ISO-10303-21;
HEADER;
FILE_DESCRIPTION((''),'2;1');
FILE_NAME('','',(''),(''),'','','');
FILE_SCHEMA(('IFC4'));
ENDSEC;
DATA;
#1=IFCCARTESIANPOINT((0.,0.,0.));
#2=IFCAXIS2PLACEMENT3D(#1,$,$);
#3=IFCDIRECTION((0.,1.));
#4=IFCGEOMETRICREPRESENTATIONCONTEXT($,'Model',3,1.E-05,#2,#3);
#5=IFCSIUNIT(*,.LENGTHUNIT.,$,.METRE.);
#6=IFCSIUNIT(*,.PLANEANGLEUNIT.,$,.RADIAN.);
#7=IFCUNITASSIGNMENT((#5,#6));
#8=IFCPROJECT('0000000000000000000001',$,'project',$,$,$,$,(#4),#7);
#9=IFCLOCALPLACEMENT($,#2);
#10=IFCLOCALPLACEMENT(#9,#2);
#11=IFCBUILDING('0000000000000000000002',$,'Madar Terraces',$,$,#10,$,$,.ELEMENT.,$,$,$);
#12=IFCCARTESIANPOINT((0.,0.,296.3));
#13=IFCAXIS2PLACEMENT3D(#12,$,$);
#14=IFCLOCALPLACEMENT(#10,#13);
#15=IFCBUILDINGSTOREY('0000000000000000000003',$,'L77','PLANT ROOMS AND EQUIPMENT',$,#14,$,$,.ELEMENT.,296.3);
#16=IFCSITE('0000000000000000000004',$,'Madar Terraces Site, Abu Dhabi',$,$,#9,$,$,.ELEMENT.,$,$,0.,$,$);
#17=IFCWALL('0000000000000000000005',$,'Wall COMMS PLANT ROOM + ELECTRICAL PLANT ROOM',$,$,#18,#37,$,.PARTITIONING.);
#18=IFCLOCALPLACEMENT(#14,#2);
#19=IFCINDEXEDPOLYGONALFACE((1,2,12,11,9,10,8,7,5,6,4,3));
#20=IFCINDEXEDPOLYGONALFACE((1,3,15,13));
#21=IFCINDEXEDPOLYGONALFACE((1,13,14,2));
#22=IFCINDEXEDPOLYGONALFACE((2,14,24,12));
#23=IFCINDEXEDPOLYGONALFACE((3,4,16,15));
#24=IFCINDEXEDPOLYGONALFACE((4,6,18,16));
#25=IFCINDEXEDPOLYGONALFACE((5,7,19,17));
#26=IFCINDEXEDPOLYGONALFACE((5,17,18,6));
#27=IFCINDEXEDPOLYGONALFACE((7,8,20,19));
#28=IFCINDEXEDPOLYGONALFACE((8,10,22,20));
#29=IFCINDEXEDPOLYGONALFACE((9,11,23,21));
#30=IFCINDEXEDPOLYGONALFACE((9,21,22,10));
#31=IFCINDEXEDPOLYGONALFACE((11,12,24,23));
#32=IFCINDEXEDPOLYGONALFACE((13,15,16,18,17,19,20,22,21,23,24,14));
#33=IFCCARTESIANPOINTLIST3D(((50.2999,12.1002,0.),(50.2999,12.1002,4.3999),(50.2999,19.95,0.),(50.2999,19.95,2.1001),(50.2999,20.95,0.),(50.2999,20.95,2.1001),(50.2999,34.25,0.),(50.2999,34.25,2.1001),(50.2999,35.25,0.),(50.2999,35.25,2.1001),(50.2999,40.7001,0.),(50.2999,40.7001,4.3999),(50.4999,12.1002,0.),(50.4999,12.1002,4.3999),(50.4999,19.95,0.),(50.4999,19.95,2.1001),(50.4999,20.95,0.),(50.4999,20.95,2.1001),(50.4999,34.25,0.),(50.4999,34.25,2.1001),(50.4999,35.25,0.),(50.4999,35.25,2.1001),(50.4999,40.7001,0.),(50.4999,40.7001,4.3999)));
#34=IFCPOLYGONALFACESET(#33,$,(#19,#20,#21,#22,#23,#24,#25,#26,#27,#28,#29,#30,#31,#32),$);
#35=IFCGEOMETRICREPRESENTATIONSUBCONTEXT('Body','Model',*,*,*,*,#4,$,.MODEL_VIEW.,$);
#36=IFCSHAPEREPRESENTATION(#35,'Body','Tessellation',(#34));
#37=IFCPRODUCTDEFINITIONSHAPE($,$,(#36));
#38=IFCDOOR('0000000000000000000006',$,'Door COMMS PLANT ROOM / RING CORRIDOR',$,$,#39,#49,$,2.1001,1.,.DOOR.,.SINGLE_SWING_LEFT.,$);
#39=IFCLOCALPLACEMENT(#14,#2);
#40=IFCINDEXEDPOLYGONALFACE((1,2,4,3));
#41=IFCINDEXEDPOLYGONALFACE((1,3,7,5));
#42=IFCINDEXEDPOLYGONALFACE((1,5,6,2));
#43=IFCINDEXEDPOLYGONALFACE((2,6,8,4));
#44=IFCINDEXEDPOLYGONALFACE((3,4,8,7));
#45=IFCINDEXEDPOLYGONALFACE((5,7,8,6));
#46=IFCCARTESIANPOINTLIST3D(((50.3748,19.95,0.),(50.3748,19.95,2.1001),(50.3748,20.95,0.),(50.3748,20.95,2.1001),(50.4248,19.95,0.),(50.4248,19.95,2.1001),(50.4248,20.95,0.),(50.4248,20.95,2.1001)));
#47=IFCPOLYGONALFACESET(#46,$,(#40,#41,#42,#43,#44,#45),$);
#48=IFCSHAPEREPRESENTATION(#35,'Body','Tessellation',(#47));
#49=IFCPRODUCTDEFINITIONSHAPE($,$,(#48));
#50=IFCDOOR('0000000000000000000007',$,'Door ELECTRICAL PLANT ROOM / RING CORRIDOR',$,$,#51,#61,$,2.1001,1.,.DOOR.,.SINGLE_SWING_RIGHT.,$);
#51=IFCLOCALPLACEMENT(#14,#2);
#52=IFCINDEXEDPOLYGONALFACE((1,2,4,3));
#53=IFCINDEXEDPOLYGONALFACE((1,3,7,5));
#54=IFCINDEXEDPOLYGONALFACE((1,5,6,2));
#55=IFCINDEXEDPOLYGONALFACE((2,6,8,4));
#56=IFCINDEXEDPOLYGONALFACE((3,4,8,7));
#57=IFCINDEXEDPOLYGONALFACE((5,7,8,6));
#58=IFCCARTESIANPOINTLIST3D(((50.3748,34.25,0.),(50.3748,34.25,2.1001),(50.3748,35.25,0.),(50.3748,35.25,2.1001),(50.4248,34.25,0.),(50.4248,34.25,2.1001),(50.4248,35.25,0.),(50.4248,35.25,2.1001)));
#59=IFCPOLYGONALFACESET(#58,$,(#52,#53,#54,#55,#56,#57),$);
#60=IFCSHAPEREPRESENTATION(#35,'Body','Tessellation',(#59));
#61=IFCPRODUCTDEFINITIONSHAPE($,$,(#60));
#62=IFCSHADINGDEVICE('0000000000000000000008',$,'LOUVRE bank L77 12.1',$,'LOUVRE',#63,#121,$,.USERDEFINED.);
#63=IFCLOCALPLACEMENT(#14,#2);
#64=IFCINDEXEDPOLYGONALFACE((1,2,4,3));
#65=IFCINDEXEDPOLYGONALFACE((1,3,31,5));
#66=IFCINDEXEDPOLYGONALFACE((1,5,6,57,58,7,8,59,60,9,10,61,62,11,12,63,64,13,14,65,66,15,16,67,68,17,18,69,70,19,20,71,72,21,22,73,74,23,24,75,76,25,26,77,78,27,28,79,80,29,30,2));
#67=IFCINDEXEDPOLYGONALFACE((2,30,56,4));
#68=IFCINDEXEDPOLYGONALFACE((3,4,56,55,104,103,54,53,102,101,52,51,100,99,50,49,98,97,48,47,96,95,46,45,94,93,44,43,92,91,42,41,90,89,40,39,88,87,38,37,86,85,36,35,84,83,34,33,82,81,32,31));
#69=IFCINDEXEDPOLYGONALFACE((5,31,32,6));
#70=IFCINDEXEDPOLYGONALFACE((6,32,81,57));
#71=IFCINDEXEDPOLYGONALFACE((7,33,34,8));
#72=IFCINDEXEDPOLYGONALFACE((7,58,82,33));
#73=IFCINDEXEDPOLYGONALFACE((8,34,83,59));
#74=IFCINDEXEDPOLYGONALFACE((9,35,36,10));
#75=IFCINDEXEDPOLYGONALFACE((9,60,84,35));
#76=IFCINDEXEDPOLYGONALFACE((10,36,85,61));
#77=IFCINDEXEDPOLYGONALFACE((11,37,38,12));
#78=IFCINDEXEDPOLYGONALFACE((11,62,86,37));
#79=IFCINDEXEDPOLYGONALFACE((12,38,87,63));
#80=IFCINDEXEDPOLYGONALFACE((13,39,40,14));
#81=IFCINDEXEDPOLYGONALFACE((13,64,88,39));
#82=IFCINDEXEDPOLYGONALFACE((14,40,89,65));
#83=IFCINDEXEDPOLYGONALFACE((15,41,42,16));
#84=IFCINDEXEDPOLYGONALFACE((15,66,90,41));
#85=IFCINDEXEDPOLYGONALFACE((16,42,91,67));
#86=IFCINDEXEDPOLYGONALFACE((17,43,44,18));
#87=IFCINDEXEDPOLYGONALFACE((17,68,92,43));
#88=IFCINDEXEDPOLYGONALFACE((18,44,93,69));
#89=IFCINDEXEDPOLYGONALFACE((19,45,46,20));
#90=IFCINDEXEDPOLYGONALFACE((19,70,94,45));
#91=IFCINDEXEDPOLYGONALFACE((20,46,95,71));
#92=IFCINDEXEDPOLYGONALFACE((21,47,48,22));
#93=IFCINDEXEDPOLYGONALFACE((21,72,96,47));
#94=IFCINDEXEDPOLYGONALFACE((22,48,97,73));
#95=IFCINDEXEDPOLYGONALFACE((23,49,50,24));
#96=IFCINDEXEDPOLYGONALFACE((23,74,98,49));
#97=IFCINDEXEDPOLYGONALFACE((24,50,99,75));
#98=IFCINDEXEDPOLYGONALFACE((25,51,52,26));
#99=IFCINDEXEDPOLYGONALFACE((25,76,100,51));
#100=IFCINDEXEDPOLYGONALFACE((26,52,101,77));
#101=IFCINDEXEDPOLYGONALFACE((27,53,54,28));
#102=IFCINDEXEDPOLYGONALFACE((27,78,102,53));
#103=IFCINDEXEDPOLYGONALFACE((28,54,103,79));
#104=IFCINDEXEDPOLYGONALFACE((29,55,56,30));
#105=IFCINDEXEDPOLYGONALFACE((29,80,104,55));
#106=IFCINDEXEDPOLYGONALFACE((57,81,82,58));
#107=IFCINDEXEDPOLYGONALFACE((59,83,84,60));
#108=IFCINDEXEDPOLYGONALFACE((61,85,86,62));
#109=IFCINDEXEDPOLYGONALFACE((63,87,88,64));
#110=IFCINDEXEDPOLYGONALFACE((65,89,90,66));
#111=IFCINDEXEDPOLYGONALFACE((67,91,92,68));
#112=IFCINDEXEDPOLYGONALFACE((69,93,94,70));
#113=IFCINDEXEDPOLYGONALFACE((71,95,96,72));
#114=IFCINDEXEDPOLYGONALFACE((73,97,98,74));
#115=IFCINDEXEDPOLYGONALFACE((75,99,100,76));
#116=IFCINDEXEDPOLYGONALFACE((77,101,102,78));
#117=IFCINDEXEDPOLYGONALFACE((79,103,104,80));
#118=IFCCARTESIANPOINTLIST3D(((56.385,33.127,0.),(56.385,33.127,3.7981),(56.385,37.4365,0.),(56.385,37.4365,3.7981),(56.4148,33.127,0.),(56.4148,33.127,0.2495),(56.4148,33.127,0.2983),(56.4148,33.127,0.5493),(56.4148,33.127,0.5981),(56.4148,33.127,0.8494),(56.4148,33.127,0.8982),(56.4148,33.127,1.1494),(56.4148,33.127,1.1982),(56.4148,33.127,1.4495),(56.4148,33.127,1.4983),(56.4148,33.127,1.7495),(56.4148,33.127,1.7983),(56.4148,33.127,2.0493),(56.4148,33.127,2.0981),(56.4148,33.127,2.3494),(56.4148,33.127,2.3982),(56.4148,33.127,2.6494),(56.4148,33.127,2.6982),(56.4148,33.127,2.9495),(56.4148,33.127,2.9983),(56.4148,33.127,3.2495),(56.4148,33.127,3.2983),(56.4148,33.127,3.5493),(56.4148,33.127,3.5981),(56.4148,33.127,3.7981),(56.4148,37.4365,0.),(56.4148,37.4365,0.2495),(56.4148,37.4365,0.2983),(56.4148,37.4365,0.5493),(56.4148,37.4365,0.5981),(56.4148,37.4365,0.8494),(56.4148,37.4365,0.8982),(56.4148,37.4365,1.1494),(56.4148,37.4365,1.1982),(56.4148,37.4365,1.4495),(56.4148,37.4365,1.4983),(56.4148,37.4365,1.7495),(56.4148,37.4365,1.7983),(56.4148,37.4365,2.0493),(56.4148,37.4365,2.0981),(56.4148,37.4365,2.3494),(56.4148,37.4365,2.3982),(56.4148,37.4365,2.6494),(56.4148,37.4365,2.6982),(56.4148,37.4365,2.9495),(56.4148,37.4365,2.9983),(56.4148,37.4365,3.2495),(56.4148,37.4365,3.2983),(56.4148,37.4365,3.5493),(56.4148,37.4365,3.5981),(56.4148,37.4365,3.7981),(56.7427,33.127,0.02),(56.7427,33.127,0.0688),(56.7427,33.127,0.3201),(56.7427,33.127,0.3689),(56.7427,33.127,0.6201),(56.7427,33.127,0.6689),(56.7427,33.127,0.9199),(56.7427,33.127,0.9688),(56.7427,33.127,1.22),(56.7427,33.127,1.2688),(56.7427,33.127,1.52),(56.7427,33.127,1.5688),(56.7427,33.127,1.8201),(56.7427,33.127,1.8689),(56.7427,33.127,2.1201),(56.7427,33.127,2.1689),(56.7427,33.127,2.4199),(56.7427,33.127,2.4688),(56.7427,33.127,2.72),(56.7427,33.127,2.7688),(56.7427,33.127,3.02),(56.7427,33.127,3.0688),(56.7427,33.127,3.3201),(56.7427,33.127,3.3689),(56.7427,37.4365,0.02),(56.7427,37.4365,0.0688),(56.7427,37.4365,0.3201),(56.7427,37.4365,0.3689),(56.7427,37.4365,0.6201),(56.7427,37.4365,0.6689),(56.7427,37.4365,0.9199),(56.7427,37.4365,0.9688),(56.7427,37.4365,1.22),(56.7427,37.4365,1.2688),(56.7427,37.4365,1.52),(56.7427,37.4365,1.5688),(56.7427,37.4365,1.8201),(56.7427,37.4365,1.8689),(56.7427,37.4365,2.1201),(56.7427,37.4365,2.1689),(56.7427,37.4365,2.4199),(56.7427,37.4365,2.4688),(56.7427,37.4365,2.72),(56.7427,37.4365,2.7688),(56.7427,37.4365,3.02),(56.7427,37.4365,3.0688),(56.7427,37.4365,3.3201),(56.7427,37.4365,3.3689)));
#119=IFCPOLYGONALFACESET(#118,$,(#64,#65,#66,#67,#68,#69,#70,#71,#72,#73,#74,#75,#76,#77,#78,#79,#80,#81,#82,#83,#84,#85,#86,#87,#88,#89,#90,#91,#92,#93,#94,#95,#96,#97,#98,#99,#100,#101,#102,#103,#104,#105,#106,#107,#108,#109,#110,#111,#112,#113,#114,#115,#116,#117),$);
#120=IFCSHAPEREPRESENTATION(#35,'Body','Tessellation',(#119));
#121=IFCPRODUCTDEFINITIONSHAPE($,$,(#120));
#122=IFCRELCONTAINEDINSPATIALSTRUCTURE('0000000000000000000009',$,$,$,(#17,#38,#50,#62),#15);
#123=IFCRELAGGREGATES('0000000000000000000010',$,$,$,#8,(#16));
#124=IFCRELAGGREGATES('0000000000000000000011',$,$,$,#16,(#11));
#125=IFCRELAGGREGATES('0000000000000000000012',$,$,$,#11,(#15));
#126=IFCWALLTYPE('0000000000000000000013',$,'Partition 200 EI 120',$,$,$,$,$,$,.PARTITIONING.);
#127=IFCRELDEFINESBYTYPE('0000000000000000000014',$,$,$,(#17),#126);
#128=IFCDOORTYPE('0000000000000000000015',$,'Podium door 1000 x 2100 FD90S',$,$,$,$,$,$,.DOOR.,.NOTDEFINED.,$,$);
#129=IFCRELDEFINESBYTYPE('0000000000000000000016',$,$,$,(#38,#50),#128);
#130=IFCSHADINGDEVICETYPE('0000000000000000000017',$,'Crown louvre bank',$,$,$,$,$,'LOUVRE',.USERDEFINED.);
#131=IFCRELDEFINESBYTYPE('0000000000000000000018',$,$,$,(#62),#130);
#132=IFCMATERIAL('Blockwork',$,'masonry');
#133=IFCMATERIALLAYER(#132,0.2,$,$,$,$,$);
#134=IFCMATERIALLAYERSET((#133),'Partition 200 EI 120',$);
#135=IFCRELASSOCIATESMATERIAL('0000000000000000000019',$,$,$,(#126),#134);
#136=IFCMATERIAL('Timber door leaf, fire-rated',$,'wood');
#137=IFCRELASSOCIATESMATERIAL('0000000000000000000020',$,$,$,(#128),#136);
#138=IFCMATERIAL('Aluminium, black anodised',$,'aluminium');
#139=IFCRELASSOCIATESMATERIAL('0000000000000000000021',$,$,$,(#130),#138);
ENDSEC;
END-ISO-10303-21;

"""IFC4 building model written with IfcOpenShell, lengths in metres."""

from ifc_helpers import new_model, si_unit, direction, frame, frame_2d, origin, place, context, subcontext, project, spatial, polyline, rectangle, outline, extrude, material, layer, layer_set, type_object, element, fill, save


model = new_model("IFC4")

# Units and contexts
model_context = context("Model", 3, precision=1e-05, world=origin(), true_north=direction((0.0, 1.0)))
body_context = subcontext(model_context, "Body", "Model", "MODEL_VIEW")
ifc_project = project(units=[si_unit("LENGTHUNIT", "METRE"), si_unit("PLANEANGLEUNIT", "RADIAN")], contexts=[model_context])

# Site, building, storey
site_placement = place(None, origin())
site = spatial("IfcSite", under=ifc_project, at=site_placement, Name="Madar Terraces Site, Abu Dhabi", CompositionType="ELEMENT", RefElevation=0.0)
building_placement = place(site_placement, origin())
building = spatial("IfcBuilding", under=site, at=building_placement, Name="Madar Terraces", CompositionType="ELEMENT")
storey_placement = place(building_placement, frame((0.0, 0.0, 296.3)))
storey = spatial("IfcBuildingStorey", under=building, at=storey_placement, Name="L77", Description="PLANT ROOMS AND EQUIPMENT", CompositionType="ELEMENT", Elevation=296.3)

# Shared definitions
ifc_material_1 = material(Name="Blockwork", Category="masonry")
ifc_layer_1 = layer(ifc_material_1, 0.2)
ifc_layer_set_1 = layer_set([ifc_layer_1], Name="Partition 200 EI 120")
wall_type_1 = type_object("IfcWallType", Name="Partition 200 EI 120", PredefinedType="PARTITIONING", material=ifc_layer_set_1)

# Wall, openings, doors
wall_1_placement = place(storey_placement, frame((50.3999, 40.7, 0.0), z_axis=(0.0, 0.0, 1.0), x_axis=(0.0, -1.0, 0.0)))
wall_1 = element("IfcWall", 1, at=wall_1_placement, inside=storey, type_object=wall_type_1, Name="Wall COMMS PLANT ROOM + ELECTRICAL PLANT ROOM", PredefinedType="PARTITIONING", context=body_context, shape_type="SweptSolid", body=[
    extrude(rectangle(XDim=28.5999, YDim=0.2, at=frame_2d((14.2998, 0.0))), origin(), (0.0, 0.0, 1.0), 4.3999),
])
opening_1_placement = place(wall_1_placement, frame((19.75, 0.0, 0.0)))
opening_1 = element("IfcOpeningElement", 2, at=opening_1_placement, cuts=wall_1, PredefinedType="OPENING", context=body_context, shape_type="SweptSolid", body=[
    extrude(rectangle(XDim=1.0, YDim=2.1001, at=frame_2d((0.5, 1.05))), frame((0.0, 0.1099, 0.0), z_axis=(0.0, -1.0, 0.0), x_axis=(1.0, 0.0, 0.0)), (0.0, 0.0, 1.0), 0.22),
])
opening_2_placement = place(wall_1_placement, frame((5.45, 0.0, 0.0)))
opening_2 = element("IfcOpeningElement", 3, at=opening_2_placement, cuts=wall_1, PredefinedType="OPENING", context=body_context, shape_type="SweptSolid", body=[
    extrude(rectangle(XDim=1.0, YDim=2.1001, at=frame_2d((0.5, 1.05))), frame((0.0, 0.1099, 0.0), z_axis=(0.0, -1.0, 0.0), x_axis=(1.0, 0.0, 0.0)), (0.0, 0.0, 1.0), 0.22),
])
ifc_material_2 = material(Name="Timber door leaf, fire-rated", Category="wood")
door_type_1 = type_object("IfcDoorType", Name="Podium door 1000 x 2100 FD90S", OperationType="NOTDEFINED", PredefinedType="DOOR", material=ifc_material_2)
door_1_placement = place(opening_1_placement, origin())
door_1 = element("IfcDoor", 4, at=door_1_placement, inside=storey, type_object=door_type_1, Name="Door COMMS PLANT ROOM / RING CORRIDOR", OperationType="SINGLE_SWING_LEFT", OverallHeight=2.1001, OverallWidth=1.0, PredefinedType="DOOR", context=body_context, shape_type="SweptSolid", body=[
    extrude(rectangle(XDim=1.0, YDim=2.1001, at=frame_2d((0.5, 1.05))), frame((0.0, 0.0249, 0.0), z_axis=(0.0, -1.0, 0.0), x_axis=(1.0, 0.0, 0.0)), (0.0, 0.0, 1.0), 0.05),
])
fill(opening_1, door_1)
door_2_placement = place(opening_2_placement, origin())
door_2 = element("IfcDoor", 5, at=door_2_placement, inside=storey, type_object=door_type_1, Name="Door ELECTRICAL PLANT ROOM / RING CORRIDOR", OperationType="SINGLE_SWING_RIGHT", OverallHeight=2.1001, OverallWidth=1.0, PredefinedType="DOOR", context=body_context, shape_type="SweptSolid", body=[
    extrude(rectangle(XDim=1.0, YDim=2.1001, at=frame_2d((0.5, 1.05))), frame((0.0, 0.0249, 0.0), z_axis=(0.0, -1.0, 0.0), x_axis=(1.0, 0.0, 0.0)), (0.0, 0.0, 1.0), 0.05),
])
fill(opening_2, door_2)

# Shading device
ifc_material_3 = material(Name="Aluminium, black anodised", Category="aluminium")
shading_device_type = type_object("IfcShadingDeviceType", Name="Crown louvre bank", ElementType="LOUVRE", PredefinedType="USERDEFINED", material=ifc_material_3)
shading_device_1_placement = place(storey_placement, frame((56.3999, 33.127, 0.0), z_axis=(0.0, 1.0, 0.0), x_axis=(-1.0, 0.0, 0.0)))
element("IfcShadingDevice", 6, at=shading_device_1_placement, inside=storey, type_object=shading_device_type, Name="LOUVRE bank L77 12.1", ObjectType="LOUVRE", PredefinedType="USERDEFINED", context=body_context, shape_type="SweptSolid", body=[
    extrude(outline(polyline([(0.0149, 0.0), (-0.0149, 0.0), (-0.0149, 0.2495), (-0.3428, 0.02), (-0.3428, 0.0688), (-0.0149, 0.2983), (-0.0149, 0.5493), (-0.3428, 0.3201), (-0.3428, 0.3689), (-0.0149, 0.5981), (-0.0149, 0.8494), (-0.3428, 0.6201), (-0.3428, 0.6689), (-0.0149, 0.8982), (-0.0149, 1.1494), (-0.3428, 0.9199), (-0.3428, 0.9688), (-0.0149, 1.1982), (-0.0149, 1.4495), (-0.3428, 1.22), (-0.3428, 1.2688), (-0.0149, 1.4983), (-0.0149, 1.7495), (-0.3428, 1.52), (-0.3428, 1.5688), (-0.0149, 1.7983), (-0.0149, 2.0493), (-0.3428, 1.8201), (-0.3428, 1.8689), (-0.0149, 2.0981), (-0.0149, 2.3494), (-0.3428, 2.1201), (-0.3428, 2.1689), (-0.0149, 2.3982), (-0.0149, 2.6494), (-0.3428, 2.4199), (-0.3428, 2.4688), (-0.0149, 2.6982), (-0.0149, 2.9495), (-0.3428, 2.72), (-0.3428, 2.7688), (-0.0149, 2.9983), (-0.0149, 3.2495), (-0.3428, 3.02), (-0.3428, 3.0688), (-0.0149, 3.2983), (-0.0149, 3.5493), (-0.3428, 3.3201), (-0.3428, 3.3689), (-0.0149, 3.5981), (-0.0149, 3.7981), (0.0149, 3.7981), (0.0149, 0.0)])), origin(), (0.0, 0.0, 1.0), 4.3096),
])

save(model, "model.ifc")
